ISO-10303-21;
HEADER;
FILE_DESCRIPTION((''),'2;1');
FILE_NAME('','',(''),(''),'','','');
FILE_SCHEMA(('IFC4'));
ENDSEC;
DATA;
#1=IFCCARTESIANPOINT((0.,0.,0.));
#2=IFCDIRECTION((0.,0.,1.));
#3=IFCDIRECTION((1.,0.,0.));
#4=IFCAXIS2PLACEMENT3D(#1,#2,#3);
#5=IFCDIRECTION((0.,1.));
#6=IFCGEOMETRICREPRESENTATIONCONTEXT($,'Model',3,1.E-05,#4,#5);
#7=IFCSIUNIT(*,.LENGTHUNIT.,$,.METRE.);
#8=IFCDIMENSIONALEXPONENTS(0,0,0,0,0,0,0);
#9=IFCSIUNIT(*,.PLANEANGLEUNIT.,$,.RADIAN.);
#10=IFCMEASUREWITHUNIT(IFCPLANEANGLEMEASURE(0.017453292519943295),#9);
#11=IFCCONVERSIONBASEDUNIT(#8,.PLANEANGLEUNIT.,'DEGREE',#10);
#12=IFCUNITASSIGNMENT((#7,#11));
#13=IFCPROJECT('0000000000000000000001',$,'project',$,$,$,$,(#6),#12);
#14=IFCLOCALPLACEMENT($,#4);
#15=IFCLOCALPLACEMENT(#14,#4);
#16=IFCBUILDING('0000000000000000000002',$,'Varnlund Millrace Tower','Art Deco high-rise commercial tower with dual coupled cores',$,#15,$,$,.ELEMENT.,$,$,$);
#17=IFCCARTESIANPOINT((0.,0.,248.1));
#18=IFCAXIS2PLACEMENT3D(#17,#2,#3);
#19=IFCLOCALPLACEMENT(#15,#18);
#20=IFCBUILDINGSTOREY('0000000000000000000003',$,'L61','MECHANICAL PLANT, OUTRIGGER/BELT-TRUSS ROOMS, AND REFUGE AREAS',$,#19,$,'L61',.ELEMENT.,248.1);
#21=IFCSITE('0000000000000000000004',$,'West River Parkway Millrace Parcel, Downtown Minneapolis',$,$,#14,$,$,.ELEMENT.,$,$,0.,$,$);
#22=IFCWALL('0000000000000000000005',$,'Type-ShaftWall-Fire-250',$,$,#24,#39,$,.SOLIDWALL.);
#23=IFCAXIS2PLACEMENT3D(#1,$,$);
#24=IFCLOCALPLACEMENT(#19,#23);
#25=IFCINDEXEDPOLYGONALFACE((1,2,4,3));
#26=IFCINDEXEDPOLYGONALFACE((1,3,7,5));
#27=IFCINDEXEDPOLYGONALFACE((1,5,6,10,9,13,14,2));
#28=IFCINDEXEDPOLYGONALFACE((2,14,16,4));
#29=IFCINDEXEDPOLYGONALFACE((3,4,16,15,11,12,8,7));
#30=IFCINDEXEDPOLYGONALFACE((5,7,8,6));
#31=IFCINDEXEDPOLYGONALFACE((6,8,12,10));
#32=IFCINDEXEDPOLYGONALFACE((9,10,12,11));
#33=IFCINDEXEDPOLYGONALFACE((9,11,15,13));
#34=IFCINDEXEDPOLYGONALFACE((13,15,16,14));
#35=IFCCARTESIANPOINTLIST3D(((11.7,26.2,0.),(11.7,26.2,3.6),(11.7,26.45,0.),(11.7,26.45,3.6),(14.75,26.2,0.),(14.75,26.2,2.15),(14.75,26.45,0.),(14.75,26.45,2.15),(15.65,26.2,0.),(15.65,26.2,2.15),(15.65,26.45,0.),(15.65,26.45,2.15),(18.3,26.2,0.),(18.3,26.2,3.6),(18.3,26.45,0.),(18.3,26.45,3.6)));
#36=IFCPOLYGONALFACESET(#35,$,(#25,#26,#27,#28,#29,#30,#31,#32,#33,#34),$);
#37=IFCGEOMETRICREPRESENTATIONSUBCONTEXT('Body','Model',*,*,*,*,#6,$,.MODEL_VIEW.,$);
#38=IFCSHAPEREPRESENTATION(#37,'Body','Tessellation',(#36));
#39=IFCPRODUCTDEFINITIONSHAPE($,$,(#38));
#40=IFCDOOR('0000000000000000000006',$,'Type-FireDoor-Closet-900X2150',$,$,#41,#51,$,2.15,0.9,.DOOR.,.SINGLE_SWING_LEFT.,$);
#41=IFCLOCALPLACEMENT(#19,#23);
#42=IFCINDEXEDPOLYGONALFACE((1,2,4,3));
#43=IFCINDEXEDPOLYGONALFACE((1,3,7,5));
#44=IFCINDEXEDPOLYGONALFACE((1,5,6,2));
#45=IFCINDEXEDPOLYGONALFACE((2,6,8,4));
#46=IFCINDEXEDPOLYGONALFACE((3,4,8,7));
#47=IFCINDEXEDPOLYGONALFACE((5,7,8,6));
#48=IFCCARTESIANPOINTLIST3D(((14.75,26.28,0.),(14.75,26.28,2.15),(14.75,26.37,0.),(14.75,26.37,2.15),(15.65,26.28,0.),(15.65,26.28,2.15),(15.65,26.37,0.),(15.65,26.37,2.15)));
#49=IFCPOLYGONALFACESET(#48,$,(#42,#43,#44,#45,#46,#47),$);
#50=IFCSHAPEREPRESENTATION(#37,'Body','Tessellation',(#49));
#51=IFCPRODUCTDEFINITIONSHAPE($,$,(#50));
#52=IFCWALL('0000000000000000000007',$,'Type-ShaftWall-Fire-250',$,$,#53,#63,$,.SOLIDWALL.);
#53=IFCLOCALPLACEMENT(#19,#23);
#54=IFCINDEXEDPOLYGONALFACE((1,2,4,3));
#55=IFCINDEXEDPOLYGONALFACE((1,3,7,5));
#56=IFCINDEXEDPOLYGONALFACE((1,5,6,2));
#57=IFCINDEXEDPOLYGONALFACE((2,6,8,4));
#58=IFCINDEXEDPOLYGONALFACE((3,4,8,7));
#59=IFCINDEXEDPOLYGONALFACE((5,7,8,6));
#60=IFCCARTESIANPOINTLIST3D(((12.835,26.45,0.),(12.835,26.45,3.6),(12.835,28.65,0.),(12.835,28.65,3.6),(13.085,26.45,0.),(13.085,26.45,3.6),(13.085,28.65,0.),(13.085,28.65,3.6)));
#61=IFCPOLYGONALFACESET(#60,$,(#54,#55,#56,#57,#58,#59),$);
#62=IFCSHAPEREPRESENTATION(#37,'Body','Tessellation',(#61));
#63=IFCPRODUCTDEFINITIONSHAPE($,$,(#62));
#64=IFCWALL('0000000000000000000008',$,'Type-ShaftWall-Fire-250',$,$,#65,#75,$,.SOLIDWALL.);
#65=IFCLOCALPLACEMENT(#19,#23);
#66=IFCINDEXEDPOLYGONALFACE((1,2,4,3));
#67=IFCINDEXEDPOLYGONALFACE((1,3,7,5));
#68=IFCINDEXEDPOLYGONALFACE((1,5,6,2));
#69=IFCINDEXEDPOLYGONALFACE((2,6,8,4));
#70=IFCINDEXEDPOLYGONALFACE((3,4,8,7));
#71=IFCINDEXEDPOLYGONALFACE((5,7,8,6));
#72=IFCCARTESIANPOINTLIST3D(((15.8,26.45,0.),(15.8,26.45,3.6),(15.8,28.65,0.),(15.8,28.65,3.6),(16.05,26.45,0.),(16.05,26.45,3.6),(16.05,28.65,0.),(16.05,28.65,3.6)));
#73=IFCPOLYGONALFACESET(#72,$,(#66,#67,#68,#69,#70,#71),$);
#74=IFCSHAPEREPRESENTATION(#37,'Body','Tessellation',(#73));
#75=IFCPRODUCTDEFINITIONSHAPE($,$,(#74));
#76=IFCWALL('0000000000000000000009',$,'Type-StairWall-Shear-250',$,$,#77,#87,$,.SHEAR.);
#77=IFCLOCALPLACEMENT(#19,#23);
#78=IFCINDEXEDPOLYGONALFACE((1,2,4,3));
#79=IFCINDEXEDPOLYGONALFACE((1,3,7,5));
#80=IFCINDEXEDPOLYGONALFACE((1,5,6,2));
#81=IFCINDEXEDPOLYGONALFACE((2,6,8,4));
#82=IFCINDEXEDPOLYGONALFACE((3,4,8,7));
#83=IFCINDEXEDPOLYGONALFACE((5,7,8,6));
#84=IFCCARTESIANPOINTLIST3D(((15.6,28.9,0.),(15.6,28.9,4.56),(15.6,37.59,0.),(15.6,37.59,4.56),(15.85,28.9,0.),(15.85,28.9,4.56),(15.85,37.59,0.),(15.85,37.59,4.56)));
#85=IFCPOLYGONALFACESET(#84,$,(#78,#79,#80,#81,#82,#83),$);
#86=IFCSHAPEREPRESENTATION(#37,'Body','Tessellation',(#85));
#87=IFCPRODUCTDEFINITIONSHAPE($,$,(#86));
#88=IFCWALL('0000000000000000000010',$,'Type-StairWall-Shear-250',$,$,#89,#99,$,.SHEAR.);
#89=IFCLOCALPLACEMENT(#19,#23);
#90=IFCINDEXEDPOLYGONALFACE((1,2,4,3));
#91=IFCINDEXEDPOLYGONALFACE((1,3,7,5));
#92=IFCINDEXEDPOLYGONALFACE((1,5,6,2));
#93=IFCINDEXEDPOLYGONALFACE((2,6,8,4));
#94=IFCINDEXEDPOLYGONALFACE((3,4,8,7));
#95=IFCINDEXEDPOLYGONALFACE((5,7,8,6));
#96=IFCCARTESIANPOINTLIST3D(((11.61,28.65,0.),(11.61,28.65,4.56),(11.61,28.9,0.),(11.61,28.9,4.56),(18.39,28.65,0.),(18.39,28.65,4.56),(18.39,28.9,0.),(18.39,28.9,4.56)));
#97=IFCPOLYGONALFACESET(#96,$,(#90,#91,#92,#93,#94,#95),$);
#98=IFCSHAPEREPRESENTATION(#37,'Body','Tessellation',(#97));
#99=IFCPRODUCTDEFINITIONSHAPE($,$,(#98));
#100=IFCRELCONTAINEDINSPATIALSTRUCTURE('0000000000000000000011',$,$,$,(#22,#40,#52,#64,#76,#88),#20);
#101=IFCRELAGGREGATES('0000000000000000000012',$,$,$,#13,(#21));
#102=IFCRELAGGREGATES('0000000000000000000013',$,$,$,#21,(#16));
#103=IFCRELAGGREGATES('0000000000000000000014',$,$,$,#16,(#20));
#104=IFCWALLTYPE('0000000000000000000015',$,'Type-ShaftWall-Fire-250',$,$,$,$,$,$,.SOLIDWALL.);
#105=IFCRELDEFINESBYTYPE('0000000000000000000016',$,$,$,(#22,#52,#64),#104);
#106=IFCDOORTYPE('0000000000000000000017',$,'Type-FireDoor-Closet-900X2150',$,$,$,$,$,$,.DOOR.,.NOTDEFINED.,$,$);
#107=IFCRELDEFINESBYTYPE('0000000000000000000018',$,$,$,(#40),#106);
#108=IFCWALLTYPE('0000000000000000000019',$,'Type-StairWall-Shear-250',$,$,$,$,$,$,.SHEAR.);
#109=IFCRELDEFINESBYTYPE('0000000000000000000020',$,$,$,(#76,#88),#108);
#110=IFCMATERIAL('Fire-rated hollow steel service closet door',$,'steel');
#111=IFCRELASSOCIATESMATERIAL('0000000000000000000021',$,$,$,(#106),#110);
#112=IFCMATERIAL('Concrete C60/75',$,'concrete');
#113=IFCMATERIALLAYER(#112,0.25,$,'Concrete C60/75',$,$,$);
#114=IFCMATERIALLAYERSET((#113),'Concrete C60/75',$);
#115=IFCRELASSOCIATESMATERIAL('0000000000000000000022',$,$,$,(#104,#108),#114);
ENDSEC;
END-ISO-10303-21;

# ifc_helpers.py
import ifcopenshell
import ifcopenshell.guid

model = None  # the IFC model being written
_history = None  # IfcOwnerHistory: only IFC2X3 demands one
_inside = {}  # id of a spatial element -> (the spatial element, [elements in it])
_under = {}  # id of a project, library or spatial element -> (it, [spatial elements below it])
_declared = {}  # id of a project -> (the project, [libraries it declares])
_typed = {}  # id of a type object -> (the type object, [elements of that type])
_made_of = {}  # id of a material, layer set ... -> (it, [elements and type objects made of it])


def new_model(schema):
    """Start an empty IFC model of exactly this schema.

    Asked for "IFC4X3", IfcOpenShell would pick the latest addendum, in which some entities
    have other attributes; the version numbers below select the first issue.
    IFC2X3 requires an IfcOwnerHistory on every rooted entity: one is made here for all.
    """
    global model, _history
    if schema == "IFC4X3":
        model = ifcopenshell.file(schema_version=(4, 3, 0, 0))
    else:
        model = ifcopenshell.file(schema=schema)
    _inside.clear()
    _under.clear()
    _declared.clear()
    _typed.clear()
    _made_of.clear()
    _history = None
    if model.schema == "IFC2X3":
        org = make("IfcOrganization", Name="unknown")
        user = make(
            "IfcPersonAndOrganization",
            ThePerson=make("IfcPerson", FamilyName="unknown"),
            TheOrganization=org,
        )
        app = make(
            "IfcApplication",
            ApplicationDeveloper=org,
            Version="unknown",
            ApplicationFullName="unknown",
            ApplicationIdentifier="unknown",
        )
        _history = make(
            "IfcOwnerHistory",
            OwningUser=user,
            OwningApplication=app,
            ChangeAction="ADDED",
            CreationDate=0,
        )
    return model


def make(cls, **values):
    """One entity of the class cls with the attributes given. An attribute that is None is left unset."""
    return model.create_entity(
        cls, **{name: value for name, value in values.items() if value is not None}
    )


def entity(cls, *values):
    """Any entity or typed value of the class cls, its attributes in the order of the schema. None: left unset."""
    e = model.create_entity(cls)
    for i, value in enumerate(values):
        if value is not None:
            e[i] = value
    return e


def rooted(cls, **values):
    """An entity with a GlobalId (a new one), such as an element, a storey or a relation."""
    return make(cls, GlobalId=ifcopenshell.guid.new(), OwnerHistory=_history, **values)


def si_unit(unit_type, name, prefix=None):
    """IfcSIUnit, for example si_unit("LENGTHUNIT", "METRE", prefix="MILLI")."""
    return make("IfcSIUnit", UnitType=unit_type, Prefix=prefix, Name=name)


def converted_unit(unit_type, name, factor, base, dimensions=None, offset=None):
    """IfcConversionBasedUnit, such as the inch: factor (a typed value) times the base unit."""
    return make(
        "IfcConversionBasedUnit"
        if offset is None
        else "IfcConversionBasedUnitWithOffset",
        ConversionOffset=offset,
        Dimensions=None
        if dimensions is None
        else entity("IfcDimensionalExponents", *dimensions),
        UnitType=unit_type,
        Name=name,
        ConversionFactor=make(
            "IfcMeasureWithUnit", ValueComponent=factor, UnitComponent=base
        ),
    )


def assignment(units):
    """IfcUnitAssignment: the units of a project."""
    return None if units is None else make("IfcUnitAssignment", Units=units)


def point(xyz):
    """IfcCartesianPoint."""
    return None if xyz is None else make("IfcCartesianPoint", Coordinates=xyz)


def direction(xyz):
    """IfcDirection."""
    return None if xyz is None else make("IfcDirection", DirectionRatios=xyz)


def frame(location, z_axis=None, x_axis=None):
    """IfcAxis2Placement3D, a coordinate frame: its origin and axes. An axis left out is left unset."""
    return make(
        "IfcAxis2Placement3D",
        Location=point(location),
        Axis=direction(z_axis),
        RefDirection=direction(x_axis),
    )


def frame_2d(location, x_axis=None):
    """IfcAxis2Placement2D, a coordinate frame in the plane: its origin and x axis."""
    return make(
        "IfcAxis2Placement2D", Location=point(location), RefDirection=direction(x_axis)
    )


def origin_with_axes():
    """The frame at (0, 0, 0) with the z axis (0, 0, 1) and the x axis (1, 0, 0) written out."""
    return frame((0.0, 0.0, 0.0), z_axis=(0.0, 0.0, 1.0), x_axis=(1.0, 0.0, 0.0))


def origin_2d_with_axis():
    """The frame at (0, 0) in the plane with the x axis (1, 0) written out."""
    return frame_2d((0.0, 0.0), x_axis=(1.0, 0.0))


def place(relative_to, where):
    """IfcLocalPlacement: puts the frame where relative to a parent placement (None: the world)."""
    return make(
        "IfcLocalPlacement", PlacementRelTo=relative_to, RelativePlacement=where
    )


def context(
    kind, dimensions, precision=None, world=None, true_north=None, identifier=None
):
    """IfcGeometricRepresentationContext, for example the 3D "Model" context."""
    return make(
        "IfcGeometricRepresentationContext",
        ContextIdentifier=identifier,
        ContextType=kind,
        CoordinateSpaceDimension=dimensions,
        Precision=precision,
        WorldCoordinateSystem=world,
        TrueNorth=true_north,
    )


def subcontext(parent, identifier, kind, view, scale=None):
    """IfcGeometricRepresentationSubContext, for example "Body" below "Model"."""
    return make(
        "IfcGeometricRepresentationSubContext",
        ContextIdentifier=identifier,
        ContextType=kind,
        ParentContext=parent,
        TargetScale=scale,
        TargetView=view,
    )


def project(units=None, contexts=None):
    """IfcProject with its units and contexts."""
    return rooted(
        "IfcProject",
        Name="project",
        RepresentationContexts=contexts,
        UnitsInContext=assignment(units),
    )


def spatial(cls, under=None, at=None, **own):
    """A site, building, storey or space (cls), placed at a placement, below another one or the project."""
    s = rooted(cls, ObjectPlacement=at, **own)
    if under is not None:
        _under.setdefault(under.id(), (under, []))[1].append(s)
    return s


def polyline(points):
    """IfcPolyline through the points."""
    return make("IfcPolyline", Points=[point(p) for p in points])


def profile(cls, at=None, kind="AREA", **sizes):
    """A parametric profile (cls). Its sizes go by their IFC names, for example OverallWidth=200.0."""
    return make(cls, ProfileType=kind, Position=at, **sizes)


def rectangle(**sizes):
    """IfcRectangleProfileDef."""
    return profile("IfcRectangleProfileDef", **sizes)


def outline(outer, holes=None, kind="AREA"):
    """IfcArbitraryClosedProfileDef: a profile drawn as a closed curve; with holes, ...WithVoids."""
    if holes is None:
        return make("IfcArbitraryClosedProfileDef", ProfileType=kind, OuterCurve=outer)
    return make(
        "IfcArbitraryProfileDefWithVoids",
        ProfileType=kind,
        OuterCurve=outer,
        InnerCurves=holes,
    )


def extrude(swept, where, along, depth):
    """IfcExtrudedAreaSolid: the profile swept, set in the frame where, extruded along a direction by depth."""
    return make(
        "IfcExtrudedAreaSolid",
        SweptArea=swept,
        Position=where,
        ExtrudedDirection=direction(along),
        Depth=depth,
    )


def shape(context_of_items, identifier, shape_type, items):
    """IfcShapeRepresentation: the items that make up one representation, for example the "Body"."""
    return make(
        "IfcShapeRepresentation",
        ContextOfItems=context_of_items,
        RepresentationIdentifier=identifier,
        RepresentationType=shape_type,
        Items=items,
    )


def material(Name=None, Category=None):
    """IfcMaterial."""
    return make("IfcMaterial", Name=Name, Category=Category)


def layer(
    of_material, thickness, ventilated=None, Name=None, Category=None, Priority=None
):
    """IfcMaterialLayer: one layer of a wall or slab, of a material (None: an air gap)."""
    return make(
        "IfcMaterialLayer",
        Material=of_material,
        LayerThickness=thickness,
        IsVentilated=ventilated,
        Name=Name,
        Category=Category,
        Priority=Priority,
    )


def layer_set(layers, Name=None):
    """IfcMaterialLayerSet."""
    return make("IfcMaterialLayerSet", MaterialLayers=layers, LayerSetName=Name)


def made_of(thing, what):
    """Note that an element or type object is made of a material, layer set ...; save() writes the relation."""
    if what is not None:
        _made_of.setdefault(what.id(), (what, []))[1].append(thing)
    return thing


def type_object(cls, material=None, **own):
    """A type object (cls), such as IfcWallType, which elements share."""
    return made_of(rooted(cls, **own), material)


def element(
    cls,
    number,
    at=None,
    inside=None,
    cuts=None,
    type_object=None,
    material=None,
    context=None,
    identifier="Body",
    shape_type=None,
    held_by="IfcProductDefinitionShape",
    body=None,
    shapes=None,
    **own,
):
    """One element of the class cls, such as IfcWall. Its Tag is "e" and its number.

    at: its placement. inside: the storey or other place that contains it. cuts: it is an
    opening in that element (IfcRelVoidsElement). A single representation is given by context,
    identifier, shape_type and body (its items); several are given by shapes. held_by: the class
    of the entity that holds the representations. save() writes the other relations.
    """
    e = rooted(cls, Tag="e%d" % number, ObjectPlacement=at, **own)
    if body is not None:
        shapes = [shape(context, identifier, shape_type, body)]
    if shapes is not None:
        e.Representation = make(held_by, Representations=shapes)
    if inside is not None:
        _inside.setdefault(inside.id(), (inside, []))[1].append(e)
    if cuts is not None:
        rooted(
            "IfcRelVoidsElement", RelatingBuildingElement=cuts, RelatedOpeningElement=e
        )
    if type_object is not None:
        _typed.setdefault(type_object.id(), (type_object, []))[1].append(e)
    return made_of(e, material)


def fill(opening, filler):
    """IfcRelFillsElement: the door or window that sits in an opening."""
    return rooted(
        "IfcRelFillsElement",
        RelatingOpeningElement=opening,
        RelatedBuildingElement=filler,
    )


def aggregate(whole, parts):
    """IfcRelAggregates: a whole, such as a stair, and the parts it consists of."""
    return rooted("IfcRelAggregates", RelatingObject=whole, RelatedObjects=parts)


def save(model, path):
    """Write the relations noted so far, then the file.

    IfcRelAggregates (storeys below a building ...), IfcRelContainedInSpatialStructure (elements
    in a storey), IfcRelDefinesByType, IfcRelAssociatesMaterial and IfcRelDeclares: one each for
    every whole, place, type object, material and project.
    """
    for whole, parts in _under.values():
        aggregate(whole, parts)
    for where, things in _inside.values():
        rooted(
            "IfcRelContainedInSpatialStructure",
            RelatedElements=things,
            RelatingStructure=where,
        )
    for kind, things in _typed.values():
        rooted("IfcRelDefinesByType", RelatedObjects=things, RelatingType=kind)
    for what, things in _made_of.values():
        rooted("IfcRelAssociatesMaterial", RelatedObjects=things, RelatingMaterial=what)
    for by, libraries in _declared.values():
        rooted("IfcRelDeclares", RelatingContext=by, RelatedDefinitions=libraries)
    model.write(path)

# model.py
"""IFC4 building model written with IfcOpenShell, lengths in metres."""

from ifc_helpers import new_model, entity, si_unit, converted_unit, direction, frame, origin_with_axes, origin_2d_with_axis, place, context, subcontext, project, spatial, polyline, rectangle, outline, extrude, material, layer, layer_set, type_object, element, fill, save


model = new_model("IFC4")

# Units and contexts
model_context = context("Model", 3, precision=1e-05, world=origin_with_axes(), true_north=direction((0.0, 1.0)))
body_context = subcontext(model_context, "Body", "Model", "MODEL_VIEW")
ifc_project = project(units=[si_unit("LENGTHUNIT", "METRE"), converted_unit("PLANEANGLEUNIT", "DEGREE", entity("IfcPlaneAngleMeasure", 0.017453292519943295), si_unit("PLANEANGLEUNIT", "RADIAN"), dimensions=[0, 0, 0, 0, 0, 0, 0])], contexts=[model_context])

# Site, building, storey
site_placement = place(None, origin_with_axes())
site = spatial("IfcSite", under=ifc_project, at=site_placement, Name="West River Parkway Millrace Parcel, Downtown Minneapolis", CompositionType="ELEMENT", RefElevation=0.0)
building_placement = place(site_placement, origin_with_axes())
building = spatial("IfcBuilding", under=site, at=building_placement, Name="Varnlund Millrace Tower", Description="Art Deco high-rise commercial tower with dual coupled cores", CompositionType="ELEMENT")
storey_placement = place(building_placement, frame((0.0, 0.0, 248.1), z_axis=(0.0, 0.0, 1.0), x_axis=(1.0, 0.0, 0.0)))
storey = spatial("IfcBuildingStorey", under=building, at=storey_placement, Name="L61", Description="MECHANICAL PLANT, OUTRIGGER/BELT-TRUSS ROOMS, AND REFUGE AREAS", LongName="L61", CompositionType="ELEMENT", Elevation=248.1)

# Shared definitions
ifc_material_1 = material(Name="Concrete C60/75", Category="concrete")

# Shared definitions
ifc_material_2 = material(Name="Fire-rated hollow steel service closet door", Category="steel")
door_type_1 = type_object("IfcDoorType", Name="Type-FireDoor-Closet-900X2150", OperationType="NOTDEFINED", PredefinedType="DOOR", material=ifc_material_2)
ifc_layer_1 = layer(ifc_material_1, 0.25, Name="Concrete C60/75")
ifc_layer_set_1 = layer_set([ifc_layer_1], Name="Concrete C60/75")
wall_type_1 = type_object("IfcWallType", Name="Type-ShaftWall-Fire-250", PredefinedType="SOLIDWALL", material=ifc_layer_set_1)

# Wall, opening, door
wall_1_placement = place(storey_placement, frame((11.7, 26.325, 0.0), z_axis=(0.0, 0.0, 1.0), x_axis=(1.0, 0.0, 0.0)))
wall_1 = element("IfcWall", 1, at=wall_1_placement, inside=storey, type_object=wall_type_1, Name="Type-ShaftWall-Fire-250", PredefinedType="SOLIDWALL", context=body_context, shape_type="SweptSolid", body=[
    extrude(outline(polyline([(0.0, -0.125), (6.6, -0.125), (6.6, 0.125), (0.0, 0.125), (0.0, -0.125)])), origin_with_axes(), (0.0, 0.0, 1.0), 3.6),
])
opening_1_placement = place(wall_1_placement, frame((3.5, 0.0, 0.0), z_axis=(0.0, 0.0, 1.0), x_axis=(1.0, 0.0, 0.0)))
opening_1 = element("IfcOpeningElement", 2, at=opening_1_placement, cuts=wall_1, PredefinedType="OPENING", context=body_context, shape_type="SweptSolid", body=[
    extrude(rectangle(XDim=0.9, YDim=0.27, at=origin_2d_with_axis()), origin_with_axes(), (0.0, 0.0, 1.0), 2.15),
])
door_1_placement = place(wall_1_placement, frame((3.5, 0.0, 0.0), z_axis=(0.0, 0.0, 1.0), x_axis=(1.0, 0.0, 0.0)))
door_1 = element("IfcDoor", 3, at=door_1_placement, inside=storey, type_object=door_type_1, Name="Type-FireDoor-Closet-900X2150", OperationType="SINGLE_SWING_LEFT", OverallHeight=2.15, OverallWidth=0.9, PredefinedType="DOOR", context=body_context, shape_type="SweptSolid", body=[
    extrude(rectangle(XDim=0.9, YDim=0.09, at=origin_2d_with_axis()), origin_with_axes(), (0.0, 0.0, 1.0), 2.15),
])
fill(opening_1, door_1)

# Walls
for number, where, z_axis, x_axis, name in (
    (4, (12.96, 26.45, 0.0), (0.0, 0.0, 1.0), (0.0, 1.0, 0.0), "Type-ShaftWall-Fire-250"),
    (5, (15.925, 26.45, 0.0), (0.0, 0.0, 1.0), (0.0, 1.0, 0.0), "Type-ShaftWall-Fire-250"),
):
    element("IfcWall", number, at=place(storey_placement, frame(where, z_axis=z_axis, x_axis=x_axis)), inside=storey, type_object=wall_type_1, Name=name, PredefinedType="SOLIDWALL", context=body_context, shape_type="SweptSolid", body=[
        extrude(outline(polyline([(0.0, -0.125), (2.2, -0.125), (2.2, 0.125), (0.0, 0.125), (0.0, -0.125)])), origin_with_axes(), (0.0, 0.0, 1.0), 3.6),
    ])
wall_type_2 = type_object("IfcWallType", Name="Type-StairWall-Shear-250", PredefinedType="SHEAR", material=ifc_layer_set_1)
wall_2_placement = place(storey_placement, frame((15.725, 28.9, 0.0), z_axis=(0.0, 0.0, 1.0), x_axis=(0.0, 1.0, 0.0)))
element("IfcWall", 6, at=wall_2_placement, inside=storey, type_object=wall_type_2, Name="Type-StairWall-Shear-250", PredefinedType="SHEAR", context=body_context, shape_type="SweptSolid", body=[
    extrude(outline(polyline([(0.0, -0.125), (8.69, -0.125), (8.69, 0.125), (0.0, 0.125), (0.0, -0.125)])), origin_with_axes(), (0.0, 0.0, 1.0), 4.56),
])
wall_3_placement = place(storey_placement, frame((11.61, 28.775, 0.0), z_axis=(0.0, 0.0, 1.0), x_axis=(1.0, 0.0, 0.0)))
element("IfcWall", 7, at=wall_3_placement, inside=storey, type_object=wall_type_2, Name="Type-StairWall-Shear-250", PredefinedType="SHEAR", context=body_context, shape_type="SweptSolid", body=[
    extrude(outline(polyline([(0.0, -0.125), (6.78, -0.125), (6.78, 0.125), (0.0, 0.125), (0.0, -0.125)])), origin_with_axes(), (0.0, 0.0, 1.0), 4.56),
])

save(model, "model.ifc")
